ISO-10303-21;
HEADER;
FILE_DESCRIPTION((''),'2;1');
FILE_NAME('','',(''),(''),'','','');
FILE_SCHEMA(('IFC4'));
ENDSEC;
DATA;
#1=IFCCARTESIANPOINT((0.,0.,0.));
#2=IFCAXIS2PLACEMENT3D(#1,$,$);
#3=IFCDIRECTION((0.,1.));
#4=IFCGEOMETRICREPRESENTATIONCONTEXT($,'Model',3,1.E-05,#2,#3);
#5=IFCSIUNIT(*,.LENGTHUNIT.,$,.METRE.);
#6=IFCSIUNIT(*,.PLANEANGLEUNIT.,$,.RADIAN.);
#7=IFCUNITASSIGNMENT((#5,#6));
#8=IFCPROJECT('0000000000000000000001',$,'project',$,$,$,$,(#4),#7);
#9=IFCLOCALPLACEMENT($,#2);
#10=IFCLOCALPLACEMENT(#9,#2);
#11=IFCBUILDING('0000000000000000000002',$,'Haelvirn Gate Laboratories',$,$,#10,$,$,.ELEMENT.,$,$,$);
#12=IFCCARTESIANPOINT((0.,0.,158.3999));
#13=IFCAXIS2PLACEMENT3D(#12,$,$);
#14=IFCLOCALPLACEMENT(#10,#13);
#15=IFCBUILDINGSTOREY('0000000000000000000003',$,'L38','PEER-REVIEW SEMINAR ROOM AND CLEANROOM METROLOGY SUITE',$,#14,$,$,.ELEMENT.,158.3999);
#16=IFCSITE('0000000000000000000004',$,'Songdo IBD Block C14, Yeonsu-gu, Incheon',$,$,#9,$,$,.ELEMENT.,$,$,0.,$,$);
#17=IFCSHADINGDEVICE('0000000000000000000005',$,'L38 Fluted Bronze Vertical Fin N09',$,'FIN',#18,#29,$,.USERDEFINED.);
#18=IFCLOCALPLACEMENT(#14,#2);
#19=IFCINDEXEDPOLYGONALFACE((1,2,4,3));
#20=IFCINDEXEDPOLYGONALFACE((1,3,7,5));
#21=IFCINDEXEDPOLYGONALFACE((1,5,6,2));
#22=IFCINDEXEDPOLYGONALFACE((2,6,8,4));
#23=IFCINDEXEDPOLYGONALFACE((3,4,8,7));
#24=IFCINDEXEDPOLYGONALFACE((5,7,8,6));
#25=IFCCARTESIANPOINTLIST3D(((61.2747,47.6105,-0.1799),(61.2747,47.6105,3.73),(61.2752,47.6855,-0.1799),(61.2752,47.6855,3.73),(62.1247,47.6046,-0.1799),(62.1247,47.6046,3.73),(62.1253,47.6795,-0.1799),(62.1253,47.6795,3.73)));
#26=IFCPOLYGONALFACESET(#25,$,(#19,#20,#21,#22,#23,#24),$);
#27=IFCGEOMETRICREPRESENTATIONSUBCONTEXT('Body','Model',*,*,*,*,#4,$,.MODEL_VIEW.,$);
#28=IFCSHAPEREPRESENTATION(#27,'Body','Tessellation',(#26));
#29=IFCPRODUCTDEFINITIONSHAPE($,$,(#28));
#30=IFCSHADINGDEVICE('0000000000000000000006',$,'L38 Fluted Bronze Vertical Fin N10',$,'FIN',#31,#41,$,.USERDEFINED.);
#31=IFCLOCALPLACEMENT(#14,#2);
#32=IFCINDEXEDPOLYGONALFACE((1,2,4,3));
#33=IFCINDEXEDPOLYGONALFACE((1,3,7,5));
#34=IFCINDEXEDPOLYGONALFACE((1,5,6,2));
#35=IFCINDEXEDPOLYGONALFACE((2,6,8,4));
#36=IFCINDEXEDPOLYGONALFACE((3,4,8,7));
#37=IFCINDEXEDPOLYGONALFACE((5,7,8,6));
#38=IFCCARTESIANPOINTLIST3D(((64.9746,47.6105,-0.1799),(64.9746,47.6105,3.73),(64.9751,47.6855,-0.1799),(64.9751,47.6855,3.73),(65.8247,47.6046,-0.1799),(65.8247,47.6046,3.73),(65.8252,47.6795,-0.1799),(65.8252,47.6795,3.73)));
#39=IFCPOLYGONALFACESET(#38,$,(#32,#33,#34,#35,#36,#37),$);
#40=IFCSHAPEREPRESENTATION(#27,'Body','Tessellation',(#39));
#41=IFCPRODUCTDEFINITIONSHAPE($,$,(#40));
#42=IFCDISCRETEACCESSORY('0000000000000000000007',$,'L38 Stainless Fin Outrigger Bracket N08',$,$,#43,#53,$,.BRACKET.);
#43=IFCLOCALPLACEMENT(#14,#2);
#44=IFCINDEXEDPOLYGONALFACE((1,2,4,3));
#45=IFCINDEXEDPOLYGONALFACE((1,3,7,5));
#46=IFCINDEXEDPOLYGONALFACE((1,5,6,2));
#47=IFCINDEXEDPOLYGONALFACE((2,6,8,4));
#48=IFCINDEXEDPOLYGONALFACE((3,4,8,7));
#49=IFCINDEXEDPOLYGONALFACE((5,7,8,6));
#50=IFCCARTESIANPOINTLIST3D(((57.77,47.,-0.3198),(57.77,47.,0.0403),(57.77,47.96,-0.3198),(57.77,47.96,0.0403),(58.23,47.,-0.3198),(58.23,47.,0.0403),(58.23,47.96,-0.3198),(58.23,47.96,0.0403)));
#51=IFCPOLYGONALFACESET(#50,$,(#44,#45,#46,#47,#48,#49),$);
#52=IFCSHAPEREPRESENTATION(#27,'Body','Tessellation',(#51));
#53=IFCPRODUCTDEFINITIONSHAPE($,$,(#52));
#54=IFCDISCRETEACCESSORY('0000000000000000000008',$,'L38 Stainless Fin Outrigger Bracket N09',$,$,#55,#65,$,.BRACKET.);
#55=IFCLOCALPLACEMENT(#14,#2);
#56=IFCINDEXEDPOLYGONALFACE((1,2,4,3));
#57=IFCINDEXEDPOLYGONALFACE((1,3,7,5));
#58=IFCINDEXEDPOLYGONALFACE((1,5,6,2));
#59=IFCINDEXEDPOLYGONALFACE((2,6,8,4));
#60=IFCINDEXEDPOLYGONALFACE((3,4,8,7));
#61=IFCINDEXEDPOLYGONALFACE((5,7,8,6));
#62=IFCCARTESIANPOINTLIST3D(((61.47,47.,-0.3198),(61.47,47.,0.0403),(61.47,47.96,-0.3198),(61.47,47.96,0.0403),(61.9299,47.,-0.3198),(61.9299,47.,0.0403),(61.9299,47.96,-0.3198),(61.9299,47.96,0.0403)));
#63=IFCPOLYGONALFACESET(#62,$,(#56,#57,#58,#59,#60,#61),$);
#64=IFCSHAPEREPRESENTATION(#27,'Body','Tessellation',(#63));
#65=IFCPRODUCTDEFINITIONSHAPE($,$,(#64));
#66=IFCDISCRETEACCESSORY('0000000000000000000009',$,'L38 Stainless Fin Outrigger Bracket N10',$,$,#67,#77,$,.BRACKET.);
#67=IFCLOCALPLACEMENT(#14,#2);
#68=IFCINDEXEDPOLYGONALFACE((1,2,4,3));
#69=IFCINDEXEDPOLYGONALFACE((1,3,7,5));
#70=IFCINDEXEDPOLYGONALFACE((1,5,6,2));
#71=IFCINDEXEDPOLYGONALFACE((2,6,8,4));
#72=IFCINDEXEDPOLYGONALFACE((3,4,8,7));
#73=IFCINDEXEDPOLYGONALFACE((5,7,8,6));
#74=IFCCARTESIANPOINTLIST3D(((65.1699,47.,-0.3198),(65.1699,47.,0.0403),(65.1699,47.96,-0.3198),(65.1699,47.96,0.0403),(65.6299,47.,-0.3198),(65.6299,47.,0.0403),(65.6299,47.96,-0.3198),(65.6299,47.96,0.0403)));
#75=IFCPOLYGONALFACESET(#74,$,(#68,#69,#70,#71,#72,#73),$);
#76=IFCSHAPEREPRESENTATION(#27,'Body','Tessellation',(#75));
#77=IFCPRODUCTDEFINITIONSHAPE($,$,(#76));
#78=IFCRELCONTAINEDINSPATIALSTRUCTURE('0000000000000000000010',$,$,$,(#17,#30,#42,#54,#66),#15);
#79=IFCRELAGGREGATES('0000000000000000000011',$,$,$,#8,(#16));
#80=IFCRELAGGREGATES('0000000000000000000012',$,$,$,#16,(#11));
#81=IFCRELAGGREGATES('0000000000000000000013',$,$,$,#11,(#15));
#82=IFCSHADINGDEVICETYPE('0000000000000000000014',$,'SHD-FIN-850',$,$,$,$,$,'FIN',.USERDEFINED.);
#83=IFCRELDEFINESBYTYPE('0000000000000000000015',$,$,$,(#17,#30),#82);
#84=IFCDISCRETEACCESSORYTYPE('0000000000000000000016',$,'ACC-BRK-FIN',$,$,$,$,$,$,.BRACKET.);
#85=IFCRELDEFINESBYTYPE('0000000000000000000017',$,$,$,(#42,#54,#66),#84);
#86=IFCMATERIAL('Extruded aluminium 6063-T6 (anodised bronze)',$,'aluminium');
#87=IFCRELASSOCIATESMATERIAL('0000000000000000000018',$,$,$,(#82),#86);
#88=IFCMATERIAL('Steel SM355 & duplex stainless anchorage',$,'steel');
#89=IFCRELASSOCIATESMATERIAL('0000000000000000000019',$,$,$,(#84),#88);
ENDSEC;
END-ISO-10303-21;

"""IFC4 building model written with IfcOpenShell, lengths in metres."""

from ifc_helpers import new_model, si_unit, direction, frame, origin, origin_2d, place, context, subcontext, project, spatial, rectangle, extrude, source, transform, mapped, material, material_profile, profile_set, type_object, type_shapes, element, save


model = new_model("IFC4")

# Units and contexts
model_context = context("Model", 3, precision=1e-05, world=origin(), true_north=direction((0.0, 1.0)))
body_context = subcontext(model_context, "Body", "Model", "MODEL_VIEW")
ifc_project = project(units=[si_unit("LENGTHUNIT", "METRE"), si_unit("PLANEANGLEUNIT", "RADIAN")], contexts=[model_context])

# Site, building, storey
site_placement = place(None, origin())
site = spatial("IfcSite", under=ifc_project, at=site_placement, Name="Songdo IBD Block C14, Yeonsu-gu, Incheon", CompositionType="ELEMENT", RefElevation=0.0)
building_placement = place(site_placement, origin())
building = spatial("IfcBuilding", under=site, at=building_placement, Name="Haelvirn Gate Laboratories", CompositionType="ELEMENT")
storey_placement = place(building_placement, frame((0.0, 0.0, 158.3999)))
storey = spatial("IfcBuildingStorey", under=building, at=storey_placement, Name="L38", Description="PEER-REVIEW SEMINAR ROOM AND CLEANROOM METROLOGY SUITE", CompositionType="ELEMENT", Elevation=158.3999)

# Shared definitions
ifc_material_1 = material(Name="Extruded aluminium 6063-T6 (anodised bronze)", Category="aluminium")

# Shading devices
ifc_material_profile_1 = material_profile(ifc_material_1, rectangle(XDim=0.075, YDim=0.8501, at=origin_2d()), Name="FIN-850x75")
ifc_profile_set_1 = profile_set([ifc_material_profile_1], Name="Extruded aluminium 6063-T6 (anodised bronze)")
shading_device_type = type_object("IfcShadingDeviceType", Name="SHD-FIN-850", ElementType="FIN", PredefinedType="USERDEFINED", material=ifc_profile_set_1)
shared_shape_1 = source(origin(), body_context, "Body", "SweptSolid", [
    extrude(rectangle(XDim=0.075, YDim=0.8501, at=origin_2d()), origin(), (0.0, 0.0, 1.0), 3.9099),
])
type_shapes(shading_device_type, [shared_shape_1])
for number, where, z_axis, x_axis, name in (
    (1, (61.7, 47.645, -0.1799), (0.0, 0.0, 1.0), (0.006981, 0.999976, 0.0), "L38 Fluted Bronze Vertical Fin N09"),
    (2, (65.3999, 47.645, -0.1799), (0.0, 0.0, 1.0), (0.006981, 0.999976, 0.0), "L38 Fluted Bronze Vertical Fin N10"),
):
    element("IfcShadingDevice", number, at=place(storey_placement, frame(where, z_axis=z_axis, x_axis=x_axis)), inside=storey, type_object=shading_device_type, Name=name, ObjectType="FIN", PredefinedType="USERDEFINED", context=body_context, shape_type="MappedRepresentation", body=[
        mapped(shared_shape_1, transform((0.0, 0.0, 0.0), scale=1.0)),
    ])

# Discrete accessories
ifc_material_2 = material(Name="Steel SM355 & duplex stainless anchorage", Category="steel")
discrete_accessory_type = type_object("IfcDiscreteAccessoryType", Name="ACC-BRK-FIN", PredefinedType="BRACKET", material=ifc_material_2)
shared_shape_2 = source(origin(), body_context, "Body", "SweptSolid", [
    extrude(rectangle(XDim=0.46, YDim=0.96, at=origin_2d()), origin(), (0.0, 0.0, 1.0), 0.3601),
])
type_shapes(discrete_accessory_type, [shared_shape_2])
for number, where, z_axis, x_axis, name in (
    (3, (58.0, 47.48, -0.3198), (0.0, 0.0, 1.0), (1.0, 0.0, 0.0), "L38 Stainless Fin Outrigger Bracket N08"),
    (4, (61.7, 47.48, -0.3198), (0.0, 0.0, 1.0), (1.0, 0.0, 0.0), "L38 Stainless Fin Outrigger Bracket N09"),
    (5, (65.3999, 47.48, -0.3198), (0.0, 0.0, 1.0), (1.0, 0.0, 0.0), "L38 Stainless Fin Outrigger Bracket N10"),
):
    element("IfcDiscreteAccessory", number, at=place(storey_placement, frame(where, z_axis=z_axis, x_axis=x_axis)), inside=storey, type_object=discrete_accessory_type, Name=name, PredefinedType="BRACKET", context=body_context, shape_type="MappedRepresentation", body=[
        mapped(shared_shape_2, transform((0.0, 0.0, 0.0), scale=1.0)),
    ])

save(model, "model.ifc")
